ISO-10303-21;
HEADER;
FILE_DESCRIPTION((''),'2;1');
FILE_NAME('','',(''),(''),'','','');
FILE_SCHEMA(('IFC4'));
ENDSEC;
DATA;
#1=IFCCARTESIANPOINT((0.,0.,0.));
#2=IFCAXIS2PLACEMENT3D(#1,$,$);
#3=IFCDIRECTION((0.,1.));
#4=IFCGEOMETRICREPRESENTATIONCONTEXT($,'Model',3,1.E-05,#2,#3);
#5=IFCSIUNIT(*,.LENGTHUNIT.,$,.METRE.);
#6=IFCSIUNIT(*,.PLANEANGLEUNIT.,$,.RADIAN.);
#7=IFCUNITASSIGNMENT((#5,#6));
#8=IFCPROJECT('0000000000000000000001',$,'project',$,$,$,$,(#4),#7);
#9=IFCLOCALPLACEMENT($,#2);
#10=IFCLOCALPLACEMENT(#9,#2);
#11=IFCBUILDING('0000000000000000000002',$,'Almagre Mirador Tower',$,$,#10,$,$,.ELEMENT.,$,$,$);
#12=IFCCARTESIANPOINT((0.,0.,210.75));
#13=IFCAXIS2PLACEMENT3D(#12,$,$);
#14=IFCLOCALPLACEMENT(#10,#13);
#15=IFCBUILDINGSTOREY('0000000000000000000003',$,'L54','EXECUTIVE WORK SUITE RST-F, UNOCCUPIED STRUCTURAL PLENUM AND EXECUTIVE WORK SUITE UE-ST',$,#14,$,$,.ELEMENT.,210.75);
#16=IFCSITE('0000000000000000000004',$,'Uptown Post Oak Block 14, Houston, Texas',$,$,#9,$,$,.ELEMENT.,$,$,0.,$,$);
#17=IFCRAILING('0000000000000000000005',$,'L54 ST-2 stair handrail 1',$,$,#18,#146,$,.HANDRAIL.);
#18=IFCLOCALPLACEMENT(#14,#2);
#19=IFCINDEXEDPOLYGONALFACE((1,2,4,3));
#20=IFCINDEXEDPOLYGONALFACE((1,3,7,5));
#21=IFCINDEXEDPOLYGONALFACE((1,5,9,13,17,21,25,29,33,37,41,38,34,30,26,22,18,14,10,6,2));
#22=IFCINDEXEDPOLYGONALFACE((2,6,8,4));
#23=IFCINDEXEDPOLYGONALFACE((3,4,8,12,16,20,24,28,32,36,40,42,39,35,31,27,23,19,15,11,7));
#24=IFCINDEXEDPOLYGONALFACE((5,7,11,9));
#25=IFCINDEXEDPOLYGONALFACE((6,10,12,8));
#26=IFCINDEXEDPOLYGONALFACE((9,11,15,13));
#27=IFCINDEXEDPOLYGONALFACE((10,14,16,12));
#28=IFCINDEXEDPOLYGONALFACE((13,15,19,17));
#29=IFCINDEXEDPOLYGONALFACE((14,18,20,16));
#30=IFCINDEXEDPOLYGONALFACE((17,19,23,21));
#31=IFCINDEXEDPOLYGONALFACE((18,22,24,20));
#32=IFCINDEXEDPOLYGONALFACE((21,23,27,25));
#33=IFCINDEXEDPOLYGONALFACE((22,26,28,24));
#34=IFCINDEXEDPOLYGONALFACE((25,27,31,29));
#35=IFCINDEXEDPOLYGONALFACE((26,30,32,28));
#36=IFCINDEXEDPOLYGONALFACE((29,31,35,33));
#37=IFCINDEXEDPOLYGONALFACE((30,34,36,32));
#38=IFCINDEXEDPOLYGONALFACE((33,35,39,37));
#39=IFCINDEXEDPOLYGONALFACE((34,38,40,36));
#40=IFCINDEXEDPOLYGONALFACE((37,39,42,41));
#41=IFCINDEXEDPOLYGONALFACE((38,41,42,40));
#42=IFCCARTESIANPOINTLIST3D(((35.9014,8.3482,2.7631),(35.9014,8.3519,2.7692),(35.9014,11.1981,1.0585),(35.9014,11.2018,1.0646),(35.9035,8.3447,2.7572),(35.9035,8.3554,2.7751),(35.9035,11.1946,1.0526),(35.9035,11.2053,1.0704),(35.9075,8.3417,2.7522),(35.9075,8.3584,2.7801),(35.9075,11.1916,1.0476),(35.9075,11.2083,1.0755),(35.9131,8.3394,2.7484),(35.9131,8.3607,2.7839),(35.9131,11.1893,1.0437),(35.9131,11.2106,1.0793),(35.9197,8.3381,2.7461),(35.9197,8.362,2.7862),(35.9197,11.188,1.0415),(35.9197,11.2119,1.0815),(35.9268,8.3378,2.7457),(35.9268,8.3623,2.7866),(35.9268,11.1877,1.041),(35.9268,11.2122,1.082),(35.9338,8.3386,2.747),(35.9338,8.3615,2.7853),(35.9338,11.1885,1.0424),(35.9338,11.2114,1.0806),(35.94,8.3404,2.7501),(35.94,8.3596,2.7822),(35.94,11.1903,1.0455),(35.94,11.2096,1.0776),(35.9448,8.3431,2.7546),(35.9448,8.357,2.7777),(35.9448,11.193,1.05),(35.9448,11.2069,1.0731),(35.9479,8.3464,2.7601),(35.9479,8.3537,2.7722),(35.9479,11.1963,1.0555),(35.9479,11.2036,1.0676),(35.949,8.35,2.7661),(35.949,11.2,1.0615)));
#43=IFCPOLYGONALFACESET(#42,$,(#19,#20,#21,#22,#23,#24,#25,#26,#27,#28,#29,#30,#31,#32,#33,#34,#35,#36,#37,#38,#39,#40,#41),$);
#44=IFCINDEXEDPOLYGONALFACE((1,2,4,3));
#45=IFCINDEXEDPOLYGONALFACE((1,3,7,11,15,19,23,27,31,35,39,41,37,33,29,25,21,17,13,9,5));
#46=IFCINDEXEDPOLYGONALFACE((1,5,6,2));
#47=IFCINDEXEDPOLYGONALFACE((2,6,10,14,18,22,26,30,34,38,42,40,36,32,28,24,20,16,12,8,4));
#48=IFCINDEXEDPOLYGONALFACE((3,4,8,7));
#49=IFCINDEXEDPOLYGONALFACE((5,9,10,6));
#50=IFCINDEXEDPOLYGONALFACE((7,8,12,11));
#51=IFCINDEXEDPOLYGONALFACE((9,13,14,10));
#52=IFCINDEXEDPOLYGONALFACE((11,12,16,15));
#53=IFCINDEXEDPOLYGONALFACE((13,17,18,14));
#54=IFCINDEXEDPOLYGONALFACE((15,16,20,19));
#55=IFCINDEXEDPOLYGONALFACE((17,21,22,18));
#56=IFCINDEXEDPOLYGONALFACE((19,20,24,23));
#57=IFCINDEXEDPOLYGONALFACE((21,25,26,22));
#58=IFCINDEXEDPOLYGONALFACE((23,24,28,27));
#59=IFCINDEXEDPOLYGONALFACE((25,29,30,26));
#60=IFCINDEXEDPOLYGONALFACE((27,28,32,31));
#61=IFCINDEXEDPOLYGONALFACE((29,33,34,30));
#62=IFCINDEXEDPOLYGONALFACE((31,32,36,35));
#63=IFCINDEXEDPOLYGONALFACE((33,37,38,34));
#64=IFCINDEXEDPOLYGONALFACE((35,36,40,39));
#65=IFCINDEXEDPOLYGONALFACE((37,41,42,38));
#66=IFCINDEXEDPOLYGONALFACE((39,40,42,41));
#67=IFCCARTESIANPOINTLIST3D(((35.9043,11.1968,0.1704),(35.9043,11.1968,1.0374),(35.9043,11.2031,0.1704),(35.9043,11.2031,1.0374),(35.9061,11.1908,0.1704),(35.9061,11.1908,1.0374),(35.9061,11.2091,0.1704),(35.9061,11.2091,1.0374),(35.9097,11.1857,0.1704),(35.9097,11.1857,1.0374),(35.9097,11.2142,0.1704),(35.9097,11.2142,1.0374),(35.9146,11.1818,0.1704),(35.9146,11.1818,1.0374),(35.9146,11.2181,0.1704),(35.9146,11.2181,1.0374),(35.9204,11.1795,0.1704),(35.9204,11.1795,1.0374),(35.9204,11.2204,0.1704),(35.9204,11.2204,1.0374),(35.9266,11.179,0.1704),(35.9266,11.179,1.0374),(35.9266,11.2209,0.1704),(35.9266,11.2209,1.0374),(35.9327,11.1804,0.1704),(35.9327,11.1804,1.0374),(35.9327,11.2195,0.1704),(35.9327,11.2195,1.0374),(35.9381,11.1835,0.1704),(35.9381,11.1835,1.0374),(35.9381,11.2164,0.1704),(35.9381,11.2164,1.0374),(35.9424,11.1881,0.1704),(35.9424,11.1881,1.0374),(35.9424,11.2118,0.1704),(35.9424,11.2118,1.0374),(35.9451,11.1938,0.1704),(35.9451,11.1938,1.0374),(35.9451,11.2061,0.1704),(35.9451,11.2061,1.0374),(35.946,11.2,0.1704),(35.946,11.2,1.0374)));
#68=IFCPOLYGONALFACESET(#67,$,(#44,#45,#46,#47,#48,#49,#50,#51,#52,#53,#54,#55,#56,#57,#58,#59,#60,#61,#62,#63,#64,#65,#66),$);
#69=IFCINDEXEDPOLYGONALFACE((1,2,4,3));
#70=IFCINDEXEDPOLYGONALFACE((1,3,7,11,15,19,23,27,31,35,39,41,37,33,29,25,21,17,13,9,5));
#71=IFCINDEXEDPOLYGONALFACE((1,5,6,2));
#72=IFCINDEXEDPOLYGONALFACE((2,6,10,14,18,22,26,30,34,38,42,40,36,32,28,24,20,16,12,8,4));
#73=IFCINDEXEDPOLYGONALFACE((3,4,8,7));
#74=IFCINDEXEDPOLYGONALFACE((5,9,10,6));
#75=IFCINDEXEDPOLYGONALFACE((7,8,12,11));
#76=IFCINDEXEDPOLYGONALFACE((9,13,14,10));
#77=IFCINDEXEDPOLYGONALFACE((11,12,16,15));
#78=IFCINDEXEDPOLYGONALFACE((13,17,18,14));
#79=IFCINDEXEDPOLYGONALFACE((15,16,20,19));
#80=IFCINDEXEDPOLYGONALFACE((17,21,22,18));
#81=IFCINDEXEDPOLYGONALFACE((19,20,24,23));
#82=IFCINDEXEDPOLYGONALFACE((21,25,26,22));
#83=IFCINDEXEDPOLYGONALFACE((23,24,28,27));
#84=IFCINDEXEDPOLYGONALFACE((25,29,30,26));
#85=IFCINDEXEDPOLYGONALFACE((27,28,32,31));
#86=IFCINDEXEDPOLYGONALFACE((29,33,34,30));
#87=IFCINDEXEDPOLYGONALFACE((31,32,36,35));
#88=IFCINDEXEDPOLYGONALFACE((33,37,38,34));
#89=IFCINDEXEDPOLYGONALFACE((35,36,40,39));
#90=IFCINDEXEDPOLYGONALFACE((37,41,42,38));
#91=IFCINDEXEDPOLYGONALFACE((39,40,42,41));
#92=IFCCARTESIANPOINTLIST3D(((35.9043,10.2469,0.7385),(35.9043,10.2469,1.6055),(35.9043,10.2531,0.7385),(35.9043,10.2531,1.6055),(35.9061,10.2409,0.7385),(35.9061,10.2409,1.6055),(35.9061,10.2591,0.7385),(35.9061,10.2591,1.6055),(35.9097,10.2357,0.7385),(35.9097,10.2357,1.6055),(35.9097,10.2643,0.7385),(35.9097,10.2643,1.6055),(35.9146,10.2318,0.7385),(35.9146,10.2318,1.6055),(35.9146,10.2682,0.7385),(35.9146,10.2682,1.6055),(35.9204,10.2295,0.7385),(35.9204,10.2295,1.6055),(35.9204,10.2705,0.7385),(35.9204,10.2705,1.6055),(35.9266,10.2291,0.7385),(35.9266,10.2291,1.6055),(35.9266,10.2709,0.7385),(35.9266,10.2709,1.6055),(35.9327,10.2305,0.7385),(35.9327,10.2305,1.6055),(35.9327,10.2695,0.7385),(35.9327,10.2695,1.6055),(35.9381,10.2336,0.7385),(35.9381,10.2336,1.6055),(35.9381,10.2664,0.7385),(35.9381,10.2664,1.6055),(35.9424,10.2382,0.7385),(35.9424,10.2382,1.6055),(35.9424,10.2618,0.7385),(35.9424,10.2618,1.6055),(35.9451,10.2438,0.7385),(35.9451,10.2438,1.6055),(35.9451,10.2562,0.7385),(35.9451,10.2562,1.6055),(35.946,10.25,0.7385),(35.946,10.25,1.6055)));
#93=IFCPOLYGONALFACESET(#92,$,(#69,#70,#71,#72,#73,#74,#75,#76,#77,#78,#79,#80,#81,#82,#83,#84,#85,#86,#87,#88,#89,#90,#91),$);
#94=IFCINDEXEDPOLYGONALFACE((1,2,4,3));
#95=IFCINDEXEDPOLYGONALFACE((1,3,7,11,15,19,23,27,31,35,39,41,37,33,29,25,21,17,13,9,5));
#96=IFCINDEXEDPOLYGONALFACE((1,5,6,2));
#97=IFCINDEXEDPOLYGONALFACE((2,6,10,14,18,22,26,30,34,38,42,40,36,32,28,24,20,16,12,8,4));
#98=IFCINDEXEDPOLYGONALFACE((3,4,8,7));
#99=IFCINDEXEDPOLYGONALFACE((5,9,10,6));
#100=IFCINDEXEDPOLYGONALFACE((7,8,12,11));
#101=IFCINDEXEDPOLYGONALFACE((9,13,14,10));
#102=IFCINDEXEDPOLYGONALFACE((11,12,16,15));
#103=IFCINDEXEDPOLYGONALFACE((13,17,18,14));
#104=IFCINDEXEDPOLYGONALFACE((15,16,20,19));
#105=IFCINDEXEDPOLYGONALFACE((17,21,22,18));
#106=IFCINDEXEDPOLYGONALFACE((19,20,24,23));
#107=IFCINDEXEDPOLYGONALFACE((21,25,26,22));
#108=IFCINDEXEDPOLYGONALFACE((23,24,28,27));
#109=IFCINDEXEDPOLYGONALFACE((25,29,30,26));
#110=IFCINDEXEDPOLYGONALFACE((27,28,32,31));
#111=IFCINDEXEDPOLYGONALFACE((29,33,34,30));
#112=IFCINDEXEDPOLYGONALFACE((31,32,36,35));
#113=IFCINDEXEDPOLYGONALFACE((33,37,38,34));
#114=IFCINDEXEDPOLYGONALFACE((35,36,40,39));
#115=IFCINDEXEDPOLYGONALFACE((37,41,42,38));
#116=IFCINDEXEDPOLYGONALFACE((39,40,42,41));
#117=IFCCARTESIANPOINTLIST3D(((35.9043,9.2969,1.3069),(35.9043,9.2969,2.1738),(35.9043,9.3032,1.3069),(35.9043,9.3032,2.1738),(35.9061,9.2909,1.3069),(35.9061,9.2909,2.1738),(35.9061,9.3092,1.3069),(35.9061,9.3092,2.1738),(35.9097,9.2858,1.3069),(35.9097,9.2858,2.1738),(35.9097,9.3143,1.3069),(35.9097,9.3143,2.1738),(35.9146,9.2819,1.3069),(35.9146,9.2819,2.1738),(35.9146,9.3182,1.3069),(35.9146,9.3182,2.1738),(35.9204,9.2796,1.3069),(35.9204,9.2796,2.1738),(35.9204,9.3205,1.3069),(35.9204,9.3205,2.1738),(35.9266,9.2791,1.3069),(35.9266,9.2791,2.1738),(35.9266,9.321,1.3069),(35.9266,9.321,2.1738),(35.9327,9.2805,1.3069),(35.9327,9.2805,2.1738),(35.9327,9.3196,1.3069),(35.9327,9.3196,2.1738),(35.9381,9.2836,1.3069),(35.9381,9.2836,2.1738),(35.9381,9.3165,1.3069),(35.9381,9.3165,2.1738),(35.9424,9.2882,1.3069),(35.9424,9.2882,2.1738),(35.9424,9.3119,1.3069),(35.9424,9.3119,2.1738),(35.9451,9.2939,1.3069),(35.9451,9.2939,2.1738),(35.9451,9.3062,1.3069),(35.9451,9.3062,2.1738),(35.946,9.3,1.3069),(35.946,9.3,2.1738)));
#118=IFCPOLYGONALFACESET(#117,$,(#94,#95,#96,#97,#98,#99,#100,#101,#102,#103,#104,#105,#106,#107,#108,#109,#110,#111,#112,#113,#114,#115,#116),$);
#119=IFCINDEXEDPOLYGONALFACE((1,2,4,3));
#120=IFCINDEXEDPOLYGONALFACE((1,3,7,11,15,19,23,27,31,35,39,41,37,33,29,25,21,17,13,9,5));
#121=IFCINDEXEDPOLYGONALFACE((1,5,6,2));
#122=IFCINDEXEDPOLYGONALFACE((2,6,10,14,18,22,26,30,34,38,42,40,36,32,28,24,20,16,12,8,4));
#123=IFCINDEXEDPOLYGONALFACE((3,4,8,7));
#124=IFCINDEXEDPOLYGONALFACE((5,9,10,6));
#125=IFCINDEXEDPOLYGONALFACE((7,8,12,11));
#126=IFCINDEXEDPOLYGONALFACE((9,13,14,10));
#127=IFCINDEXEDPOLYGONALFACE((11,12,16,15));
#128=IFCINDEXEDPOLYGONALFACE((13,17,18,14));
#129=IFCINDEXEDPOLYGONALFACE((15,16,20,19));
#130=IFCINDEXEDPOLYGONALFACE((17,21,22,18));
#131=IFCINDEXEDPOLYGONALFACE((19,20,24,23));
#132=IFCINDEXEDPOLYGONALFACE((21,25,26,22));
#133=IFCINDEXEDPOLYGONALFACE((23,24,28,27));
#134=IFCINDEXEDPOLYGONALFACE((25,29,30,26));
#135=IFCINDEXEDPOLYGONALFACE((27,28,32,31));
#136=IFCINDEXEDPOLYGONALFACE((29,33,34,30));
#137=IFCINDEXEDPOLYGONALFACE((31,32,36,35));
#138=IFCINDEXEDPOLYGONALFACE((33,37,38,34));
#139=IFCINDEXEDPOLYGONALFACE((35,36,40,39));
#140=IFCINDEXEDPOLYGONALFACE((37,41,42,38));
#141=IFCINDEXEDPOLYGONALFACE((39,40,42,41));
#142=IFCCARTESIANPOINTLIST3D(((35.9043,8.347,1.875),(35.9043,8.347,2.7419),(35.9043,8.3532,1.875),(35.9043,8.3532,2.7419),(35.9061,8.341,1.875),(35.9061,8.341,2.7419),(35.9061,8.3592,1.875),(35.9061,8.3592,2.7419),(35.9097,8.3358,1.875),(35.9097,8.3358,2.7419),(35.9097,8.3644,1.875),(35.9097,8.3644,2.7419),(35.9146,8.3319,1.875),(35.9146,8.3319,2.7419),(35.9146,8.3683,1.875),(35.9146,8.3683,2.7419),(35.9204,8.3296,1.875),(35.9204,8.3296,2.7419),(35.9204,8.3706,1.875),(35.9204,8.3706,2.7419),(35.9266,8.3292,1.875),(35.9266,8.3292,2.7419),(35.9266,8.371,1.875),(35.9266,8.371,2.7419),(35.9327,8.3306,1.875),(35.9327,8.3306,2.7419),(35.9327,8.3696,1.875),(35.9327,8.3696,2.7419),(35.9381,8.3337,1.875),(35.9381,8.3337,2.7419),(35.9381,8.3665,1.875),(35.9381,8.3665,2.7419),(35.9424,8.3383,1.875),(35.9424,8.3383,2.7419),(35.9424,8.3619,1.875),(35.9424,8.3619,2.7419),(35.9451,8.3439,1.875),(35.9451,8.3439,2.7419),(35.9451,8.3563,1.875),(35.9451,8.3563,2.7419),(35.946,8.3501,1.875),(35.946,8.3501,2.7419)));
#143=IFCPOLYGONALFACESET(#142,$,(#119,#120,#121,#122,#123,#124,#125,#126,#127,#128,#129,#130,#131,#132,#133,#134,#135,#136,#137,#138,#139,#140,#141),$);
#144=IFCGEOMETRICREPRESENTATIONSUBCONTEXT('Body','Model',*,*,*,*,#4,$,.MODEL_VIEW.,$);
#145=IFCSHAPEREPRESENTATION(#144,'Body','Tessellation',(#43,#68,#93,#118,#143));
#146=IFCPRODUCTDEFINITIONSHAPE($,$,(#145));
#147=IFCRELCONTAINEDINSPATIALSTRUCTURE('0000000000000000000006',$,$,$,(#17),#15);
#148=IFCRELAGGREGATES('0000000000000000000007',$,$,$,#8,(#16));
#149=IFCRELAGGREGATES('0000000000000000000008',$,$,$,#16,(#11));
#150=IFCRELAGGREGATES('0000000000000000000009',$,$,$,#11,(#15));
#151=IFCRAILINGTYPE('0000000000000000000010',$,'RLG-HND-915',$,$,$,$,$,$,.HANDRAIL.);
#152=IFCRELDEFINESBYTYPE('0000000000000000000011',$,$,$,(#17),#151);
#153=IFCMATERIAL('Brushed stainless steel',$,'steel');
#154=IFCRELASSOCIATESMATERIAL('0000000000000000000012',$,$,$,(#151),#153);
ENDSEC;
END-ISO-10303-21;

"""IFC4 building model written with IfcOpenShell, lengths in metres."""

from ifc_helpers import new_model, si_unit, direction, frame, origin, origin_2d, place, context, subcontext, project, spatial, circle, extrude, material, type_object, element, save


model = new_model("IFC4")

# Units and contexts
model_context = context("Model", 3, precision=1e-05, world=origin(), true_north=direction((0.0, 1.0)))
body_context = subcontext(model_context, "Body", "Model", "MODEL_VIEW")
ifc_project = project(units=[si_unit("LENGTHUNIT", "METRE"), si_unit("PLANEANGLEUNIT", "RADIAN")], contexts=[model_context])

# Site, building, storey
site_placement = place(None, origin())
site = spatial("IfcSite", under=ifc_project, at=site_placement, Name="Uptown Post Oak Block 14, Houston, Texas", CompositionType="ELEMENT", RefElevation=0.0)
building_placement = place(site_placement, origin())
building = spatial("IfcBuilding", under=site, at=building_placement, Name="Almagre Mirador Tower", CompositionType="ELEMENT")
storey_placement = place(building_placement, frame((0.0, 0.0, 210.75)))
storey = spatial("IfcBuildingStorey", under=building, at=storey_placement, Name="L54", Description="EXECUTIVE WORK SUITE RST-F, UNOCCUPIED STRUCTURAL PLENUM AND EXECUTIVE WORK SUITE UE-ST", CompositionType="ELEMENT", Elevation=210.75)

# Railing
ifc_material_1 = material(Name="Brushed stainless steel", Category="steel")
railing_type_1 = type_object("IfcRailingType", Name="RLG-HND-915", PredefinedType="HANDRAIL", material=ifc_material_1)
railing_1_placement = place(storey_placement, frame((35.925, 11.2, 0.1704)))
element("IfcRailing", 1, at=railing_1_placement, inside=storey, type_object=railing_type_1, Name="L54 ST-2 stair handrail 1", PredefinedType="HANDRAIL", context=body_context, shape_type="SweptSolid", body=[
    extrude(circle(Radius=0.0239, at=origin_2d()), frame((0.0, 0.0, 0.8911), z_axis=(0.0, -0.858199, 0.513317), x_axis=(1.0, 0.0, 0.0)), (0.0, 0.0, 1.0), 3.3208),
    extrude(circle(Radius=0.021, at=origin_2d()), origin(), (0.0, 0.0, 1.0), 0.8669),
    extrude(circle(Radius=0.021, at=origin_2d()), frame((0.0, -0.95, 0.5681)), (0.0, 0.0, 1.0), 0.8669),
    extrude(circle(Radius=0.021, at=origin_2d()), frame((0.0, -1.8999, 1.1365)), (0.0, 0.0, 1.0), 0.8669),
    extrude(circle(Radius=0.021, at=origin_2d()), frame((0.0, -2.8499, 1.7046)), (0.0, 0.0, 1.0), 0.8669),
])

save(model, "model.ifc")
